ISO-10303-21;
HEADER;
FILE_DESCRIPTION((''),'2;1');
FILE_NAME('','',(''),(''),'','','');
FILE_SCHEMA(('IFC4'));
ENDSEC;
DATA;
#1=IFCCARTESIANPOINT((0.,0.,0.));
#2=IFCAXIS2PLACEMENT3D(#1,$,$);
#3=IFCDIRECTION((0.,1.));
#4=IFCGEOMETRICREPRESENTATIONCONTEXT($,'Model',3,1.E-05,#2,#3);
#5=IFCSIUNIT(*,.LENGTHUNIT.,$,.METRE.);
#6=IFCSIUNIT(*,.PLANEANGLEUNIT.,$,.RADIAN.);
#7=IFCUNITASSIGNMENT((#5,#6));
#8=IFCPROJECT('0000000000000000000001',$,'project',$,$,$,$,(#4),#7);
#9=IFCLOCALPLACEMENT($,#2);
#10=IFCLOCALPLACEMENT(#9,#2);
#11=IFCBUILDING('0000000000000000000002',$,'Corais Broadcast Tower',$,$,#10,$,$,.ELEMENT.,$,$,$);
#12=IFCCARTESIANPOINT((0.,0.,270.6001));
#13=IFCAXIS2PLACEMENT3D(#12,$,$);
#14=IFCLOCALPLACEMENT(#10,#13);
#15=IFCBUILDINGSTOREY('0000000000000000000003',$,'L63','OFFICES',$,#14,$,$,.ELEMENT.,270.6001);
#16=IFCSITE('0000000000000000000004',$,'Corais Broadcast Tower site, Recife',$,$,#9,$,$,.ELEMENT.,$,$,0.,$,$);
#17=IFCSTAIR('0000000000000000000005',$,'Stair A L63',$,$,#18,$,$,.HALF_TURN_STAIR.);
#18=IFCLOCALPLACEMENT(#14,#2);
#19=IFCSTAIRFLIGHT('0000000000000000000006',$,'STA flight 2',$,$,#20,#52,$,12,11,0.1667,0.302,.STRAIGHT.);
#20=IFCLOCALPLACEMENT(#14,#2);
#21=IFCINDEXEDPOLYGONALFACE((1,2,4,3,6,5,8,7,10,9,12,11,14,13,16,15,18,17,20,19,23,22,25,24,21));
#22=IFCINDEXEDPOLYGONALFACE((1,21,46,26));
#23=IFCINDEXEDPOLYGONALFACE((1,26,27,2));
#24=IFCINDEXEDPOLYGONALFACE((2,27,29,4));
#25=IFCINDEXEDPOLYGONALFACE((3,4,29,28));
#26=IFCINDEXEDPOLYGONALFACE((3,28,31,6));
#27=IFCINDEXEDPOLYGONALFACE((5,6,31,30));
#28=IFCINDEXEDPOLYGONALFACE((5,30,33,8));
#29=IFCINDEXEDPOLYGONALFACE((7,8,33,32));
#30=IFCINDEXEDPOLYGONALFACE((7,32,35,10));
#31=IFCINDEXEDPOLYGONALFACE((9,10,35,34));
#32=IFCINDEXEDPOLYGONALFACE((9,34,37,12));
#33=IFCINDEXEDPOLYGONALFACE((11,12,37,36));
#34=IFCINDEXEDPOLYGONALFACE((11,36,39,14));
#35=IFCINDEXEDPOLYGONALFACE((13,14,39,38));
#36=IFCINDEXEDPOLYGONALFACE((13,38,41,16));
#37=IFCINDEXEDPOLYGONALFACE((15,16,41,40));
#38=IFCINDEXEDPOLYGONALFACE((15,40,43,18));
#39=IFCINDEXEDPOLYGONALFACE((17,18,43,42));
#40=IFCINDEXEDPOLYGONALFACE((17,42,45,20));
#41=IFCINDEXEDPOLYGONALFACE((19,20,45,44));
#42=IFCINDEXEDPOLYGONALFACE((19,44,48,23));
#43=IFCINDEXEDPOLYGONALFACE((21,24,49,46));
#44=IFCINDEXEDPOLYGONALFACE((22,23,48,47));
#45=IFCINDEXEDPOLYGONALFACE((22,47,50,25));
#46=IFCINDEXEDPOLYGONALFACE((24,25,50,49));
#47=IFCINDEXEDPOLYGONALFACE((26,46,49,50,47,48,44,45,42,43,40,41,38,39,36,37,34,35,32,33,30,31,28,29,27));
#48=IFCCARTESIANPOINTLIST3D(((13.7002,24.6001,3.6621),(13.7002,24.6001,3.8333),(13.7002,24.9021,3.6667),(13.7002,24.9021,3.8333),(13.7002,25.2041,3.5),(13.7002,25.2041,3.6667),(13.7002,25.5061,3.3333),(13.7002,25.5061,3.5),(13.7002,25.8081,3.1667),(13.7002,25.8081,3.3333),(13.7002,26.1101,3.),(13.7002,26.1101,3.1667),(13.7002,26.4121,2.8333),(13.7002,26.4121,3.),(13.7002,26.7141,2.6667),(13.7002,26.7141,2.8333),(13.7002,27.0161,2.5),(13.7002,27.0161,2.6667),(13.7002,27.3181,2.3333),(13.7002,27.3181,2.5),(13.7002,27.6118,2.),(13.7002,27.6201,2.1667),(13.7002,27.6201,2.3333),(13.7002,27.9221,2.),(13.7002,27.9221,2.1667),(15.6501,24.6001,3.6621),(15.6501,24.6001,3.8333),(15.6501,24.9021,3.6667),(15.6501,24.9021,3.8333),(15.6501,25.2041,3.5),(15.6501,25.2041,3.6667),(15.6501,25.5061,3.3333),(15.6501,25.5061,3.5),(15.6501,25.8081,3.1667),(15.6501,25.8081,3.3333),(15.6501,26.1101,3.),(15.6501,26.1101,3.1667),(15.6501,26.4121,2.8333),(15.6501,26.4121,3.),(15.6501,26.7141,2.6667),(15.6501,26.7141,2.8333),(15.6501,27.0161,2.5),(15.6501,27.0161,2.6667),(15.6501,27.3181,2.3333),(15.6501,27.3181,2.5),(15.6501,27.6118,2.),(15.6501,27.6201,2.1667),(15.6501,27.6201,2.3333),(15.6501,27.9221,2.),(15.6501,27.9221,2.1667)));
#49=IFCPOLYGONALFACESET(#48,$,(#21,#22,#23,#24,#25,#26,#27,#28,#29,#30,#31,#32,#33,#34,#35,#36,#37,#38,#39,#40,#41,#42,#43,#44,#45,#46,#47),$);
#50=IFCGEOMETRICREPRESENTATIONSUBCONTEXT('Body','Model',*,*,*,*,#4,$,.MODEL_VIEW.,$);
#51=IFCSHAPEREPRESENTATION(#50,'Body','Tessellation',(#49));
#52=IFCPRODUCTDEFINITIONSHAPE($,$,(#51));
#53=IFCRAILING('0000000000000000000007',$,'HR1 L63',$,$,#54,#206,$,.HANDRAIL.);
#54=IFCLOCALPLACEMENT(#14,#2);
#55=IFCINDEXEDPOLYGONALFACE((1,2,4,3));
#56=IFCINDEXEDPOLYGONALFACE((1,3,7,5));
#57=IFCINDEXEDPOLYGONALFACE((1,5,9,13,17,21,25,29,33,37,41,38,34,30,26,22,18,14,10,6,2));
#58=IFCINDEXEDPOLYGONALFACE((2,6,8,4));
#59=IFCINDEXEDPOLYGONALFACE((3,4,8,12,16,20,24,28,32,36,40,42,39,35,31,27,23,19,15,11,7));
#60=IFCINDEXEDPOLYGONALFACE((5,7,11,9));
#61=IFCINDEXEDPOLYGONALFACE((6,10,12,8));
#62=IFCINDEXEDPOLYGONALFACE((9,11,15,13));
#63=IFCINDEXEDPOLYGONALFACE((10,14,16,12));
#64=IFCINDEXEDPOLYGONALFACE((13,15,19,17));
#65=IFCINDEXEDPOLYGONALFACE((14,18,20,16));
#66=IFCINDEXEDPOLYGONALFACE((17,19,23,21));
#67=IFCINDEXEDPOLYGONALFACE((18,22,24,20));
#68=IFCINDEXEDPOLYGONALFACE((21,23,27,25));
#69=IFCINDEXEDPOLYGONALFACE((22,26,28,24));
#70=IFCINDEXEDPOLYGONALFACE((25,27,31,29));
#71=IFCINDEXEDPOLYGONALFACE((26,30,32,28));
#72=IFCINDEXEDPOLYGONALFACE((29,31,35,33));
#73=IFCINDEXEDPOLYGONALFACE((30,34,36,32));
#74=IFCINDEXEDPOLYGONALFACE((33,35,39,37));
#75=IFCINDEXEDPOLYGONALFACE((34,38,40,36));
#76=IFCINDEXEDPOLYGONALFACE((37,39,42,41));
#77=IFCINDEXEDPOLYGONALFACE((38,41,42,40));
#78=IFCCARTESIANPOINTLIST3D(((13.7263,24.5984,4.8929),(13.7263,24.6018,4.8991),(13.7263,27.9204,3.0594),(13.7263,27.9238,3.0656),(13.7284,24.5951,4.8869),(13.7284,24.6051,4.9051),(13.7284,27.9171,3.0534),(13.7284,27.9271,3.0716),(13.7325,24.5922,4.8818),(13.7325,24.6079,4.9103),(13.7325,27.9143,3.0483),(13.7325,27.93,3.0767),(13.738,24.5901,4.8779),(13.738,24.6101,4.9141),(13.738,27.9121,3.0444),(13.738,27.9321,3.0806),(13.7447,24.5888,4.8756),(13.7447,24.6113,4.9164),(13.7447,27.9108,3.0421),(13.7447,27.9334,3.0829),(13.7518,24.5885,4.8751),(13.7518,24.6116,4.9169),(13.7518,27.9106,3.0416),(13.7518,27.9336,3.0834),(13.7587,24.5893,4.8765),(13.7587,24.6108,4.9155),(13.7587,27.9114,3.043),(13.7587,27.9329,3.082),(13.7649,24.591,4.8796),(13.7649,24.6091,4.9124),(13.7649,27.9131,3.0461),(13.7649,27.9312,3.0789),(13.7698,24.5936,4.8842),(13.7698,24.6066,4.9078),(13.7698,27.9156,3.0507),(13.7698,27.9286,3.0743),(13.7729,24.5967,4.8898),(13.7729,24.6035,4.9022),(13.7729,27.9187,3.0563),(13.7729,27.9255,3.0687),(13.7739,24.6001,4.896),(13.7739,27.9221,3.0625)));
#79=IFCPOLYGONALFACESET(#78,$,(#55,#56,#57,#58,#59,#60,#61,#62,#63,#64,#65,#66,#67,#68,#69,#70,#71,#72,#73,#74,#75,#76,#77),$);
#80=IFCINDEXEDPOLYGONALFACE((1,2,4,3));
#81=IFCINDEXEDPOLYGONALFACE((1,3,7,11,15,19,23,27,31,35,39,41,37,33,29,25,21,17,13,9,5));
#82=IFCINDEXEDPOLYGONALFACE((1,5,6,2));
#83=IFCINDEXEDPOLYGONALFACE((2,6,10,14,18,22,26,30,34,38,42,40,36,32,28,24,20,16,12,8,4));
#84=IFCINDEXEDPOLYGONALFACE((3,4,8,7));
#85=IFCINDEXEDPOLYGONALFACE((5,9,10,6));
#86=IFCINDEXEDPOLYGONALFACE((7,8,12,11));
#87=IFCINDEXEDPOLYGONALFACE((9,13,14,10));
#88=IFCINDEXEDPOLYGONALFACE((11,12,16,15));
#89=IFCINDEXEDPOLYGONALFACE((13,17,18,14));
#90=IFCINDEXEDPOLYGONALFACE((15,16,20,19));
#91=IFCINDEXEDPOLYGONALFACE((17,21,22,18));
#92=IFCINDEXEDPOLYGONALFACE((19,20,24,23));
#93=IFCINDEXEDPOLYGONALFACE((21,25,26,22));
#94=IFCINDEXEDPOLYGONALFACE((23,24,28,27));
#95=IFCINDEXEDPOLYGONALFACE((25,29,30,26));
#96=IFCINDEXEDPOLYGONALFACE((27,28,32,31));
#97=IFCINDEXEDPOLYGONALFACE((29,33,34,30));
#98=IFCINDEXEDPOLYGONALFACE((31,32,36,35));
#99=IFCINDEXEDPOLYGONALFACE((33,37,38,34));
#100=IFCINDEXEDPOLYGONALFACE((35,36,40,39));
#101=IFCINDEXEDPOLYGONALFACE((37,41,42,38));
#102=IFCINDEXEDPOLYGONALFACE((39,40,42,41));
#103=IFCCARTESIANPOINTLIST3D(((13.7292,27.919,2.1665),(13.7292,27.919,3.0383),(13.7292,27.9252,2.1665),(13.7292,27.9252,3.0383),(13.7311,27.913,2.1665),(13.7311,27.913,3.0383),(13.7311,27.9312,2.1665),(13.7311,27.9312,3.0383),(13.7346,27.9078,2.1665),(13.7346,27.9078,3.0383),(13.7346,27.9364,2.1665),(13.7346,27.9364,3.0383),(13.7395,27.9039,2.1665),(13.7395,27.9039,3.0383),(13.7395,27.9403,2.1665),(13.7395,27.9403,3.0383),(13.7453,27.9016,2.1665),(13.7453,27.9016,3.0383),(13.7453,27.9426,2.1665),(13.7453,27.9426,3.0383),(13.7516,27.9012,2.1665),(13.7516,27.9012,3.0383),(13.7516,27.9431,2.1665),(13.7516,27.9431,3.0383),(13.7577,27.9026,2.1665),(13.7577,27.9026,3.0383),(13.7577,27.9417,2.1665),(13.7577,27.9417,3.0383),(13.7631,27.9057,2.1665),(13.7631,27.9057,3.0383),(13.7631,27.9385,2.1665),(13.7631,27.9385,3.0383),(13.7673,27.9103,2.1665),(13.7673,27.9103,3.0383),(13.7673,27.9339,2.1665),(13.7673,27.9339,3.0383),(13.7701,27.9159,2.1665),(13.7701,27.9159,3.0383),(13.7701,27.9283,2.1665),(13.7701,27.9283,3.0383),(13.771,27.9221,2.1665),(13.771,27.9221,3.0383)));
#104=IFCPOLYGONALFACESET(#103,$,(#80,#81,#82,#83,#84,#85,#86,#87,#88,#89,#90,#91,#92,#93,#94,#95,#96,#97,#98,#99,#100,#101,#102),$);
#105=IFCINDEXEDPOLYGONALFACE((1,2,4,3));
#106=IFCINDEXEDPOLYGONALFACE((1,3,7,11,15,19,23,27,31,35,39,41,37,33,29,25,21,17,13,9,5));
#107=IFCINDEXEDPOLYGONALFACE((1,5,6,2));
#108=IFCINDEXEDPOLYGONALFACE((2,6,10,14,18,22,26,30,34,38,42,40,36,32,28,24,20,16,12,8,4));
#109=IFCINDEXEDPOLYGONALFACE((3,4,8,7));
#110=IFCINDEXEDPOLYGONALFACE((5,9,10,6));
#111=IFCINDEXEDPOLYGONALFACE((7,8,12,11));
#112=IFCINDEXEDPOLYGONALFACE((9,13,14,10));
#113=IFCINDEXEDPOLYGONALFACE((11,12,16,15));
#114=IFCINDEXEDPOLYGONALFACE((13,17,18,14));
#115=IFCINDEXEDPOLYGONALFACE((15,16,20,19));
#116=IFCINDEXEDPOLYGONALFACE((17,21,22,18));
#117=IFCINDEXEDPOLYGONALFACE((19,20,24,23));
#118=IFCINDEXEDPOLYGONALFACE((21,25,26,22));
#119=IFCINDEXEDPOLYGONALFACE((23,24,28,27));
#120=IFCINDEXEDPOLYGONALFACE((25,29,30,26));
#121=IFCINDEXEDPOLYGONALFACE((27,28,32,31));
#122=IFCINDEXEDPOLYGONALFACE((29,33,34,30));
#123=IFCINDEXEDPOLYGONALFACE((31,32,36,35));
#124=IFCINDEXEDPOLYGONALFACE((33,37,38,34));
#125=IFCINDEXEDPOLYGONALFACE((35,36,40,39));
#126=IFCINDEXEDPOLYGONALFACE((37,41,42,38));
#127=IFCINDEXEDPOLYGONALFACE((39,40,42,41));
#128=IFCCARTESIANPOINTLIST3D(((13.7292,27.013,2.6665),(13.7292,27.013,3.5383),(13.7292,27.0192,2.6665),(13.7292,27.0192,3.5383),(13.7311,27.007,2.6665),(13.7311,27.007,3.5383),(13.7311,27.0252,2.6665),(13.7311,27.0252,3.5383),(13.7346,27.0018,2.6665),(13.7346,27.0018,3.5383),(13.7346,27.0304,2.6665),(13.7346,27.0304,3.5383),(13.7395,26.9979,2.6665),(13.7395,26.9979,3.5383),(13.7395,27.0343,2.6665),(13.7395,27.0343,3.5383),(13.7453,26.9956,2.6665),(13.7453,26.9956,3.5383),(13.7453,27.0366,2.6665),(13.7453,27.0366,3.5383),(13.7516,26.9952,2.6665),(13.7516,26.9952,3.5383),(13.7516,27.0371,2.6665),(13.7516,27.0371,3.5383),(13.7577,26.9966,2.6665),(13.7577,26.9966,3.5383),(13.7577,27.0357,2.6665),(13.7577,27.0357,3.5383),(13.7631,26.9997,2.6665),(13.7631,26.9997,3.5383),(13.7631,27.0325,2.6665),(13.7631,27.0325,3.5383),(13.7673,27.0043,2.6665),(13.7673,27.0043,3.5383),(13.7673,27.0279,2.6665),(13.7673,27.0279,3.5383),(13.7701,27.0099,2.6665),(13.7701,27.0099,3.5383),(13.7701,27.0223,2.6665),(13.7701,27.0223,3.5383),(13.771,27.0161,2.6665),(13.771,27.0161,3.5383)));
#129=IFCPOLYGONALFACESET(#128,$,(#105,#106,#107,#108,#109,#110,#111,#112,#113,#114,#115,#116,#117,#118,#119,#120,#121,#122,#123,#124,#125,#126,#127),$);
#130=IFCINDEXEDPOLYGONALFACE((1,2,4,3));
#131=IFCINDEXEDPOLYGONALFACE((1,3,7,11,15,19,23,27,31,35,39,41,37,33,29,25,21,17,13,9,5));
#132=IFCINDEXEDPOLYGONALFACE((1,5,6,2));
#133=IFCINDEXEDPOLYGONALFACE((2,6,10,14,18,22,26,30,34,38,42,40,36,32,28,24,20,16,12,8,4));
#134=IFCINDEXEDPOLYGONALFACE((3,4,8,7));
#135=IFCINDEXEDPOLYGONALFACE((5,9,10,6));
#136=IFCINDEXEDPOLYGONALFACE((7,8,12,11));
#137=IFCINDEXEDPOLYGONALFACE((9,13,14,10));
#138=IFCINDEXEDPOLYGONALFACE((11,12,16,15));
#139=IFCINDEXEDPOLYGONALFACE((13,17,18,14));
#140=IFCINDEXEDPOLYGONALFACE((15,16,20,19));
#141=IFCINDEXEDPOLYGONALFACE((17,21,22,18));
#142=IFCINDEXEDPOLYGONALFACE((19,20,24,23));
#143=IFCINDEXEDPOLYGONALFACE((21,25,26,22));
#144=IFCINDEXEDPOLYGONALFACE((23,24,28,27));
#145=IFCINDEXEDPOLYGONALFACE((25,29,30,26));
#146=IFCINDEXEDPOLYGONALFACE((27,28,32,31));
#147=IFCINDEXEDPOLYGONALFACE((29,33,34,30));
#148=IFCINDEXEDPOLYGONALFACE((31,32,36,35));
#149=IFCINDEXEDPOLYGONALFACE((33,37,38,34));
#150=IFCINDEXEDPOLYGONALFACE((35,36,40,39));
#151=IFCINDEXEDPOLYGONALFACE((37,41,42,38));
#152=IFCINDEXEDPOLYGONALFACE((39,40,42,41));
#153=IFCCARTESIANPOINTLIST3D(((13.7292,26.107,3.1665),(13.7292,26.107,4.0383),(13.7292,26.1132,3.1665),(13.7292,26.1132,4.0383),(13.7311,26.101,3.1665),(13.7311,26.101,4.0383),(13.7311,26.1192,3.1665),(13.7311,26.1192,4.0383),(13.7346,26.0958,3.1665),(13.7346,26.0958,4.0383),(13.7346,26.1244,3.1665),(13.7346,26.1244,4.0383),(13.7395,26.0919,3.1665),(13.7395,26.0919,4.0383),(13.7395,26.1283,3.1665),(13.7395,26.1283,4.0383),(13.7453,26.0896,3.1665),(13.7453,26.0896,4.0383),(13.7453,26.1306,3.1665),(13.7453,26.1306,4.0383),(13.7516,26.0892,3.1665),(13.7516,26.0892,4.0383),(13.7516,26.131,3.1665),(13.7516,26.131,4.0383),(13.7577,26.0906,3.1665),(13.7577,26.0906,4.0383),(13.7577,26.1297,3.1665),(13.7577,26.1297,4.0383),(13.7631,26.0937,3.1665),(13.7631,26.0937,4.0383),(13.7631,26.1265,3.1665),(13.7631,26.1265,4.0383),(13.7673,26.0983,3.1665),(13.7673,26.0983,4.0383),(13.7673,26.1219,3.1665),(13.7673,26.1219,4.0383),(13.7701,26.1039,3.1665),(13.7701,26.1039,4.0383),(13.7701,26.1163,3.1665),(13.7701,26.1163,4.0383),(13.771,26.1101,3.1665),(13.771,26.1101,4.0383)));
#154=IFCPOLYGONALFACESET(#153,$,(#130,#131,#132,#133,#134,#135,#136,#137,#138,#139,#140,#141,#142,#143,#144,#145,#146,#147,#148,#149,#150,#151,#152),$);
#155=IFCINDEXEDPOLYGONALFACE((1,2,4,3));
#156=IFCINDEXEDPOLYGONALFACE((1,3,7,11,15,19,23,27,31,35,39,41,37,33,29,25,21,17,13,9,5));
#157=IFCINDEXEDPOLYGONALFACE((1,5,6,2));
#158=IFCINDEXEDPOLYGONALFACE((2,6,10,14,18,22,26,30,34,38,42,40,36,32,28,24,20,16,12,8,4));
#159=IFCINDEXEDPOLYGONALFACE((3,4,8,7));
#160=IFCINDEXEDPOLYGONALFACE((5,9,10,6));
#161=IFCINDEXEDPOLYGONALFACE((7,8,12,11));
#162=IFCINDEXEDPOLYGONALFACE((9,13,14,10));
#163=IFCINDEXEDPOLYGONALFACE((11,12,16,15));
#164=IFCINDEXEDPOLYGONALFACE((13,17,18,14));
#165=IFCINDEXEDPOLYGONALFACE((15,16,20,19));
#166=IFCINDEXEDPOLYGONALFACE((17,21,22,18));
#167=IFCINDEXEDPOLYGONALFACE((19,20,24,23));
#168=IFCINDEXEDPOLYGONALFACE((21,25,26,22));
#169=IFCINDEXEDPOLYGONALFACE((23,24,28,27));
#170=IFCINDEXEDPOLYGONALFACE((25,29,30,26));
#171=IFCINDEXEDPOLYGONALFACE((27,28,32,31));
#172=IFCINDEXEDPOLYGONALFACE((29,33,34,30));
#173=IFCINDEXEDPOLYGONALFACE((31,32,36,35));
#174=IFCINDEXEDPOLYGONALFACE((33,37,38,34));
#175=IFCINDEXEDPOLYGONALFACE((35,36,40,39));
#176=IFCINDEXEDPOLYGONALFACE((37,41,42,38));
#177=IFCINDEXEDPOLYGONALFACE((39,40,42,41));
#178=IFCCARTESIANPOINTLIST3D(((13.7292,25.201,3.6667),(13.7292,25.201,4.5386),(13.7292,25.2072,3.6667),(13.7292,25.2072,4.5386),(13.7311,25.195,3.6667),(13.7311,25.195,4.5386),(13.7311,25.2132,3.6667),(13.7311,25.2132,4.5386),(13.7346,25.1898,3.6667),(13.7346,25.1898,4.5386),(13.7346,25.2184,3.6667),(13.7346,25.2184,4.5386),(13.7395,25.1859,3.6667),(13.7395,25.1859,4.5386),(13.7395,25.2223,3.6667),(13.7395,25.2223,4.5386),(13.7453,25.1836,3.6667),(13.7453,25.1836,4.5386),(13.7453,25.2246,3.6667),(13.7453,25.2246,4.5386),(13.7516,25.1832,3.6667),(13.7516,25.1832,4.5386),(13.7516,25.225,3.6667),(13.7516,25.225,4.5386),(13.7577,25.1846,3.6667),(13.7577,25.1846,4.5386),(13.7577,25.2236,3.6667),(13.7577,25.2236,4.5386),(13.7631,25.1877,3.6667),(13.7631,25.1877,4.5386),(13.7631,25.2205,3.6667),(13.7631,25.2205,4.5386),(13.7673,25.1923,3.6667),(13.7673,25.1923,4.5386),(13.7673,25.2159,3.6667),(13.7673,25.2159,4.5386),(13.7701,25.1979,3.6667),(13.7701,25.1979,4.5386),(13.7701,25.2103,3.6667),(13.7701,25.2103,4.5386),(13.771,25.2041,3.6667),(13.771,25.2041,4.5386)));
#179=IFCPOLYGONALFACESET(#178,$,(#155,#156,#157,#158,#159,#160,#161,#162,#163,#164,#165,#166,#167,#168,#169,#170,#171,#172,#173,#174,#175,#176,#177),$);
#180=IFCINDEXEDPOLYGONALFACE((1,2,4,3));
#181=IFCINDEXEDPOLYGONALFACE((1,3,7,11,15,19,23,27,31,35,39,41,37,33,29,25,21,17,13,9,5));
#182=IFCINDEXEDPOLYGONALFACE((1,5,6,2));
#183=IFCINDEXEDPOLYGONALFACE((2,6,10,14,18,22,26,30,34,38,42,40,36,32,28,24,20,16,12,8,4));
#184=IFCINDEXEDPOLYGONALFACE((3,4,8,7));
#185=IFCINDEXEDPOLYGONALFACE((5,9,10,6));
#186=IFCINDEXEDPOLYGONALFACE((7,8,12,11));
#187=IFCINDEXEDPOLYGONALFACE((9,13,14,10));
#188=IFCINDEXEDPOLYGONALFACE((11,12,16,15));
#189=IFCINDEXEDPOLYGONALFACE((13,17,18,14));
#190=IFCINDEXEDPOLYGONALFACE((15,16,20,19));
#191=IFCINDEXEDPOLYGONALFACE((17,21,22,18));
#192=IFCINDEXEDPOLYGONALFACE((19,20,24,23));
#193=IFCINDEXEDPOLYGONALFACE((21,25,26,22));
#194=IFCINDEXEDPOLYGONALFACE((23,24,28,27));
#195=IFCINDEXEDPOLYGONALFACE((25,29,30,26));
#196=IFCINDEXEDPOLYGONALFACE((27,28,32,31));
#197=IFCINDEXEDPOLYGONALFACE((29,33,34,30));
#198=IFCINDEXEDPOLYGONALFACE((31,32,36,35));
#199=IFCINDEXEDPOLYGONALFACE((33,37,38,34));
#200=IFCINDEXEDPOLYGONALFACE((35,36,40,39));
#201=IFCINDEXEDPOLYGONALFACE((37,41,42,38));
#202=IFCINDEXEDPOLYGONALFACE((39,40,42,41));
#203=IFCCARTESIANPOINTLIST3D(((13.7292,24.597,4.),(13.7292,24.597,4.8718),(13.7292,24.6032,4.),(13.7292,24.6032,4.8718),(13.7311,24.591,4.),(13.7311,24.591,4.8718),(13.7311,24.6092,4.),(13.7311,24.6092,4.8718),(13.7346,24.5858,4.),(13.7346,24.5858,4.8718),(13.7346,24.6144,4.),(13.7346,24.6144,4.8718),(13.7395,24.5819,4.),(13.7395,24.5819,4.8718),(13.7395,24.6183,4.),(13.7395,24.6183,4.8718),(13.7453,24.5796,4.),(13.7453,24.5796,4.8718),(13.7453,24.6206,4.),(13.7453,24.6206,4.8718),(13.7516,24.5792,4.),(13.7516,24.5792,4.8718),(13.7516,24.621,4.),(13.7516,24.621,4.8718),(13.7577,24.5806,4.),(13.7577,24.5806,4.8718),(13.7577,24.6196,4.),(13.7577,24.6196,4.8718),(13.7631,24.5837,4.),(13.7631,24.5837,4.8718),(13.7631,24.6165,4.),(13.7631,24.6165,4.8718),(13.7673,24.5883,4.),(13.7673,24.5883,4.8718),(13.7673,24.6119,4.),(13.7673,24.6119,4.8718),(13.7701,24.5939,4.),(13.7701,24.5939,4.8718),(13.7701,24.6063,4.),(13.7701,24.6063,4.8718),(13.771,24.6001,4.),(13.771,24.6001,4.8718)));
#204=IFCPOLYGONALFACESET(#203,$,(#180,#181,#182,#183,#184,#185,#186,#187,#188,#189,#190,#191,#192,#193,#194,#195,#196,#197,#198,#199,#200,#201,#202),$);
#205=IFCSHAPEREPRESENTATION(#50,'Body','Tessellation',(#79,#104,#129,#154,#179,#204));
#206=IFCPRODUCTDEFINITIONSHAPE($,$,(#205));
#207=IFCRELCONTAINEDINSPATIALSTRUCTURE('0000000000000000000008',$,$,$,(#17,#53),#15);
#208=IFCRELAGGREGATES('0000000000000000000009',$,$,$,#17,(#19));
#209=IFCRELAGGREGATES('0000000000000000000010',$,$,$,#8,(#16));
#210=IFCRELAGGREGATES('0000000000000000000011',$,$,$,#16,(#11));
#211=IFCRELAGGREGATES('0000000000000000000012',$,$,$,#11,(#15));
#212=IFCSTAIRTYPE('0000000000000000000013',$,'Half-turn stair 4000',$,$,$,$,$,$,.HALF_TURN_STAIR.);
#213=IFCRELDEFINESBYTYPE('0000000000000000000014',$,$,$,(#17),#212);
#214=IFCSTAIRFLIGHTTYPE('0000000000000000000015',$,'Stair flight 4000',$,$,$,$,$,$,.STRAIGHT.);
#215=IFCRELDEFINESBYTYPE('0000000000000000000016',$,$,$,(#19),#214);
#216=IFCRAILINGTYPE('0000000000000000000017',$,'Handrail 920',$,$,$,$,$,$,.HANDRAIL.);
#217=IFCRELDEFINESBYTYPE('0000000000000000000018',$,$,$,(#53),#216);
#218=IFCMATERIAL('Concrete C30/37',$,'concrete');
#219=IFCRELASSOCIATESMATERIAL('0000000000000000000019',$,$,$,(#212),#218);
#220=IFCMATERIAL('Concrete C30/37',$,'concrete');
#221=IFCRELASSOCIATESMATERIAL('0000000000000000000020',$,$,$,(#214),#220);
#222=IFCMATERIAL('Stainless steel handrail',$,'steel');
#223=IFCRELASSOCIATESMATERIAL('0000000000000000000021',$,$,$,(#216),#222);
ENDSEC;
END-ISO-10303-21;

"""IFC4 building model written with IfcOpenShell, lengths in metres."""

from ifc_helpers import new_model, si_unit, direction, frame, origin, origin_2d, place, context, subcontext, project, spatial, polyline, circle, outline, extrude, material, type_object, element, aggregate, save


model = new_model("IFC4")

# Units and contexts
model_context = context("Model", 3, precision=1e-05, world=origin(), true_north=direction((0.0, 1.0)))
body_context = subcontext(model_context, "Body", "Model", "MODEL_VIEW")
ifc_project = project(units=[si_unit("LENGTHUNIT", "METRE"), si_unit("PLANEANGLEUNIT", "RADIAN")], contexts=[model_context])

# Site, building, storey
site_placement = place(None, origin())
site = spatial("IfcSite", under=ifc_project, at=site_placement, Name="Corais Broadcast Tower site, Recife", CompositionType="ELEMENT", RefElevation=0.0)
building_placement = place(site_placement, origin())
building = spatial("IfcBuilding", under=site, at=building_placement, Name="Corais Broadcast Tower", CompositionType="ELEMENT")
storey_placement = place(building_placement, frame((0.0, 0.0, 270.6001)))
storey = spatial("IfcBuildingStorey", under=building, at=storey_placement, Name="L63", Description="OFFICES", CompositionType="ELEMENT", Elevation=270.6001)

# Stair, stair flight
ifc_material_1 = material(Name="Concrete C30/37", Category="concrete")
stair_type = type_object("IfcStairType", Name="Half-turn stair 4000", PredefinedType="HALF_TURN_STAIR", material=ifc_material_1)
stair_placement = place(storey_placement, origin())
stair = element("IfcStair", 1, at=stair_placement, inside=storey, type_object=stair_type, Name="Stair A L63", PredefinedType="HALF_TURN_STAIR")
ifc_material_2 = material(Name="Concrete C30/37", Category="concrete")
stair_flight_type = type_object("IfcStairFlightType", Name="Stair flight 4000", PredefinedType="STRAIGHT", material=ifc_material_2)
stair_flight_placement = place(storey_placement, frame((14.675, 27.9221, 2.0), z_axis=(0.0, 0.0, 1.0), x_axis=(0.0, -1.0, 0.0)))
stair_flight = element("IfcStairFlight", 2, at=stair_flight_placement, type_object=stair_flight_type, Name="STA flight 2", NumberOfRisers=12, NumberOfTreads=11, PredefinedType="STRAIGHT", RiserHeight=0.1667, TreadLength=0.302, context=body_context, shape_type="SweptSolid", body=[
    extrude(outline(polyline([(0.0, 0.0), (0.0, 0.1667), (0.302, 0.1667), (0.302, 0.3333), (0.604, 0.3333), (0.604, 0.5), (0.906, 0.5), (0.906, 0.6667), (1.208, 0.6667), (1.208, 0.8333), (1.51, 0.8333), (1.51, 1.0), (1.812, 1.0), (1.812, 1.1667), (2.114, 1.1667), (2.114, 1.3333), (2.416, 1.3333), (2.416, 1.5), (2.718, 1.5), (2.718, 1.6667), (3.02, 1.6667), (3.02, 1.8333), (3.322, 1.8333), (3.322, 2.0), (3.322, 1.6621), (0.3103, 0.0), (0.0, 0.0)])), frame((0.0, 0.9751, 0.0), z_axis=(0.0, -1.0, 0.0), x_axis=(1.0, 0.0, 0.0)), (0.0, 0.0, 1.0), 1.95),
])
aggregate(stair, [stair_flight])

# Railing
ifc_material_3 = material(Name="Stainless steel handrail", Category="steel")
railing_type = type_object("IfcRailingType", Name="Handrail 920", PredefinedType="HANDRAIL", material=ifc_material_3)
railing_placement = place(storey_placement, frame((13.75, 27.9221, 2.1665)))
element("IfcRailing", 3, at=railing_placement, inside=storey, type_object=railing_type, Name="HR1 L63", PredefinedType="HANDRAIL", context=body_context, shape_type="SweptSolid", body=[
    extrude(circle(Radius=0.0239, at=origin_2d()), frame((0.0, 0.0, 0.896), z_axis=(0.0, -0.875504, 0.48321), x_axis=(1.0, 0.0, 0.0)), (0.0, 0.0, 1.0), 3.7944),
    extrude(circle(Radius=0.021, at=origin_2d()), origin(), (0.0, 0.0, 1.0), 0.8718),
    extrude(circle(Radius=0.021, at=origin_2d()), frame((0.0, -0.906, 0.5)), (0.0, 0.0, 1.0), 0.8718),
    extrude(circle(Radius=0.021, at=origin_2d()), frame((0.0, -1.812, 1.0)), (0.0, 0.0, 1.0), 0.8718),
    extrude(circle(Radius=0.021, at=origin_2d()), frame((0.0, -2.718, 1.5002)), (0.0, 0.0, 1.0), 0.8718),
    extrude(circle(Radius=0.021, at=origin_2d()), frame((0.0, -3.322, 1.8335)), (0.0, 0.0, 1.0), 0.8718),
])

save(model, "model.ifc")
